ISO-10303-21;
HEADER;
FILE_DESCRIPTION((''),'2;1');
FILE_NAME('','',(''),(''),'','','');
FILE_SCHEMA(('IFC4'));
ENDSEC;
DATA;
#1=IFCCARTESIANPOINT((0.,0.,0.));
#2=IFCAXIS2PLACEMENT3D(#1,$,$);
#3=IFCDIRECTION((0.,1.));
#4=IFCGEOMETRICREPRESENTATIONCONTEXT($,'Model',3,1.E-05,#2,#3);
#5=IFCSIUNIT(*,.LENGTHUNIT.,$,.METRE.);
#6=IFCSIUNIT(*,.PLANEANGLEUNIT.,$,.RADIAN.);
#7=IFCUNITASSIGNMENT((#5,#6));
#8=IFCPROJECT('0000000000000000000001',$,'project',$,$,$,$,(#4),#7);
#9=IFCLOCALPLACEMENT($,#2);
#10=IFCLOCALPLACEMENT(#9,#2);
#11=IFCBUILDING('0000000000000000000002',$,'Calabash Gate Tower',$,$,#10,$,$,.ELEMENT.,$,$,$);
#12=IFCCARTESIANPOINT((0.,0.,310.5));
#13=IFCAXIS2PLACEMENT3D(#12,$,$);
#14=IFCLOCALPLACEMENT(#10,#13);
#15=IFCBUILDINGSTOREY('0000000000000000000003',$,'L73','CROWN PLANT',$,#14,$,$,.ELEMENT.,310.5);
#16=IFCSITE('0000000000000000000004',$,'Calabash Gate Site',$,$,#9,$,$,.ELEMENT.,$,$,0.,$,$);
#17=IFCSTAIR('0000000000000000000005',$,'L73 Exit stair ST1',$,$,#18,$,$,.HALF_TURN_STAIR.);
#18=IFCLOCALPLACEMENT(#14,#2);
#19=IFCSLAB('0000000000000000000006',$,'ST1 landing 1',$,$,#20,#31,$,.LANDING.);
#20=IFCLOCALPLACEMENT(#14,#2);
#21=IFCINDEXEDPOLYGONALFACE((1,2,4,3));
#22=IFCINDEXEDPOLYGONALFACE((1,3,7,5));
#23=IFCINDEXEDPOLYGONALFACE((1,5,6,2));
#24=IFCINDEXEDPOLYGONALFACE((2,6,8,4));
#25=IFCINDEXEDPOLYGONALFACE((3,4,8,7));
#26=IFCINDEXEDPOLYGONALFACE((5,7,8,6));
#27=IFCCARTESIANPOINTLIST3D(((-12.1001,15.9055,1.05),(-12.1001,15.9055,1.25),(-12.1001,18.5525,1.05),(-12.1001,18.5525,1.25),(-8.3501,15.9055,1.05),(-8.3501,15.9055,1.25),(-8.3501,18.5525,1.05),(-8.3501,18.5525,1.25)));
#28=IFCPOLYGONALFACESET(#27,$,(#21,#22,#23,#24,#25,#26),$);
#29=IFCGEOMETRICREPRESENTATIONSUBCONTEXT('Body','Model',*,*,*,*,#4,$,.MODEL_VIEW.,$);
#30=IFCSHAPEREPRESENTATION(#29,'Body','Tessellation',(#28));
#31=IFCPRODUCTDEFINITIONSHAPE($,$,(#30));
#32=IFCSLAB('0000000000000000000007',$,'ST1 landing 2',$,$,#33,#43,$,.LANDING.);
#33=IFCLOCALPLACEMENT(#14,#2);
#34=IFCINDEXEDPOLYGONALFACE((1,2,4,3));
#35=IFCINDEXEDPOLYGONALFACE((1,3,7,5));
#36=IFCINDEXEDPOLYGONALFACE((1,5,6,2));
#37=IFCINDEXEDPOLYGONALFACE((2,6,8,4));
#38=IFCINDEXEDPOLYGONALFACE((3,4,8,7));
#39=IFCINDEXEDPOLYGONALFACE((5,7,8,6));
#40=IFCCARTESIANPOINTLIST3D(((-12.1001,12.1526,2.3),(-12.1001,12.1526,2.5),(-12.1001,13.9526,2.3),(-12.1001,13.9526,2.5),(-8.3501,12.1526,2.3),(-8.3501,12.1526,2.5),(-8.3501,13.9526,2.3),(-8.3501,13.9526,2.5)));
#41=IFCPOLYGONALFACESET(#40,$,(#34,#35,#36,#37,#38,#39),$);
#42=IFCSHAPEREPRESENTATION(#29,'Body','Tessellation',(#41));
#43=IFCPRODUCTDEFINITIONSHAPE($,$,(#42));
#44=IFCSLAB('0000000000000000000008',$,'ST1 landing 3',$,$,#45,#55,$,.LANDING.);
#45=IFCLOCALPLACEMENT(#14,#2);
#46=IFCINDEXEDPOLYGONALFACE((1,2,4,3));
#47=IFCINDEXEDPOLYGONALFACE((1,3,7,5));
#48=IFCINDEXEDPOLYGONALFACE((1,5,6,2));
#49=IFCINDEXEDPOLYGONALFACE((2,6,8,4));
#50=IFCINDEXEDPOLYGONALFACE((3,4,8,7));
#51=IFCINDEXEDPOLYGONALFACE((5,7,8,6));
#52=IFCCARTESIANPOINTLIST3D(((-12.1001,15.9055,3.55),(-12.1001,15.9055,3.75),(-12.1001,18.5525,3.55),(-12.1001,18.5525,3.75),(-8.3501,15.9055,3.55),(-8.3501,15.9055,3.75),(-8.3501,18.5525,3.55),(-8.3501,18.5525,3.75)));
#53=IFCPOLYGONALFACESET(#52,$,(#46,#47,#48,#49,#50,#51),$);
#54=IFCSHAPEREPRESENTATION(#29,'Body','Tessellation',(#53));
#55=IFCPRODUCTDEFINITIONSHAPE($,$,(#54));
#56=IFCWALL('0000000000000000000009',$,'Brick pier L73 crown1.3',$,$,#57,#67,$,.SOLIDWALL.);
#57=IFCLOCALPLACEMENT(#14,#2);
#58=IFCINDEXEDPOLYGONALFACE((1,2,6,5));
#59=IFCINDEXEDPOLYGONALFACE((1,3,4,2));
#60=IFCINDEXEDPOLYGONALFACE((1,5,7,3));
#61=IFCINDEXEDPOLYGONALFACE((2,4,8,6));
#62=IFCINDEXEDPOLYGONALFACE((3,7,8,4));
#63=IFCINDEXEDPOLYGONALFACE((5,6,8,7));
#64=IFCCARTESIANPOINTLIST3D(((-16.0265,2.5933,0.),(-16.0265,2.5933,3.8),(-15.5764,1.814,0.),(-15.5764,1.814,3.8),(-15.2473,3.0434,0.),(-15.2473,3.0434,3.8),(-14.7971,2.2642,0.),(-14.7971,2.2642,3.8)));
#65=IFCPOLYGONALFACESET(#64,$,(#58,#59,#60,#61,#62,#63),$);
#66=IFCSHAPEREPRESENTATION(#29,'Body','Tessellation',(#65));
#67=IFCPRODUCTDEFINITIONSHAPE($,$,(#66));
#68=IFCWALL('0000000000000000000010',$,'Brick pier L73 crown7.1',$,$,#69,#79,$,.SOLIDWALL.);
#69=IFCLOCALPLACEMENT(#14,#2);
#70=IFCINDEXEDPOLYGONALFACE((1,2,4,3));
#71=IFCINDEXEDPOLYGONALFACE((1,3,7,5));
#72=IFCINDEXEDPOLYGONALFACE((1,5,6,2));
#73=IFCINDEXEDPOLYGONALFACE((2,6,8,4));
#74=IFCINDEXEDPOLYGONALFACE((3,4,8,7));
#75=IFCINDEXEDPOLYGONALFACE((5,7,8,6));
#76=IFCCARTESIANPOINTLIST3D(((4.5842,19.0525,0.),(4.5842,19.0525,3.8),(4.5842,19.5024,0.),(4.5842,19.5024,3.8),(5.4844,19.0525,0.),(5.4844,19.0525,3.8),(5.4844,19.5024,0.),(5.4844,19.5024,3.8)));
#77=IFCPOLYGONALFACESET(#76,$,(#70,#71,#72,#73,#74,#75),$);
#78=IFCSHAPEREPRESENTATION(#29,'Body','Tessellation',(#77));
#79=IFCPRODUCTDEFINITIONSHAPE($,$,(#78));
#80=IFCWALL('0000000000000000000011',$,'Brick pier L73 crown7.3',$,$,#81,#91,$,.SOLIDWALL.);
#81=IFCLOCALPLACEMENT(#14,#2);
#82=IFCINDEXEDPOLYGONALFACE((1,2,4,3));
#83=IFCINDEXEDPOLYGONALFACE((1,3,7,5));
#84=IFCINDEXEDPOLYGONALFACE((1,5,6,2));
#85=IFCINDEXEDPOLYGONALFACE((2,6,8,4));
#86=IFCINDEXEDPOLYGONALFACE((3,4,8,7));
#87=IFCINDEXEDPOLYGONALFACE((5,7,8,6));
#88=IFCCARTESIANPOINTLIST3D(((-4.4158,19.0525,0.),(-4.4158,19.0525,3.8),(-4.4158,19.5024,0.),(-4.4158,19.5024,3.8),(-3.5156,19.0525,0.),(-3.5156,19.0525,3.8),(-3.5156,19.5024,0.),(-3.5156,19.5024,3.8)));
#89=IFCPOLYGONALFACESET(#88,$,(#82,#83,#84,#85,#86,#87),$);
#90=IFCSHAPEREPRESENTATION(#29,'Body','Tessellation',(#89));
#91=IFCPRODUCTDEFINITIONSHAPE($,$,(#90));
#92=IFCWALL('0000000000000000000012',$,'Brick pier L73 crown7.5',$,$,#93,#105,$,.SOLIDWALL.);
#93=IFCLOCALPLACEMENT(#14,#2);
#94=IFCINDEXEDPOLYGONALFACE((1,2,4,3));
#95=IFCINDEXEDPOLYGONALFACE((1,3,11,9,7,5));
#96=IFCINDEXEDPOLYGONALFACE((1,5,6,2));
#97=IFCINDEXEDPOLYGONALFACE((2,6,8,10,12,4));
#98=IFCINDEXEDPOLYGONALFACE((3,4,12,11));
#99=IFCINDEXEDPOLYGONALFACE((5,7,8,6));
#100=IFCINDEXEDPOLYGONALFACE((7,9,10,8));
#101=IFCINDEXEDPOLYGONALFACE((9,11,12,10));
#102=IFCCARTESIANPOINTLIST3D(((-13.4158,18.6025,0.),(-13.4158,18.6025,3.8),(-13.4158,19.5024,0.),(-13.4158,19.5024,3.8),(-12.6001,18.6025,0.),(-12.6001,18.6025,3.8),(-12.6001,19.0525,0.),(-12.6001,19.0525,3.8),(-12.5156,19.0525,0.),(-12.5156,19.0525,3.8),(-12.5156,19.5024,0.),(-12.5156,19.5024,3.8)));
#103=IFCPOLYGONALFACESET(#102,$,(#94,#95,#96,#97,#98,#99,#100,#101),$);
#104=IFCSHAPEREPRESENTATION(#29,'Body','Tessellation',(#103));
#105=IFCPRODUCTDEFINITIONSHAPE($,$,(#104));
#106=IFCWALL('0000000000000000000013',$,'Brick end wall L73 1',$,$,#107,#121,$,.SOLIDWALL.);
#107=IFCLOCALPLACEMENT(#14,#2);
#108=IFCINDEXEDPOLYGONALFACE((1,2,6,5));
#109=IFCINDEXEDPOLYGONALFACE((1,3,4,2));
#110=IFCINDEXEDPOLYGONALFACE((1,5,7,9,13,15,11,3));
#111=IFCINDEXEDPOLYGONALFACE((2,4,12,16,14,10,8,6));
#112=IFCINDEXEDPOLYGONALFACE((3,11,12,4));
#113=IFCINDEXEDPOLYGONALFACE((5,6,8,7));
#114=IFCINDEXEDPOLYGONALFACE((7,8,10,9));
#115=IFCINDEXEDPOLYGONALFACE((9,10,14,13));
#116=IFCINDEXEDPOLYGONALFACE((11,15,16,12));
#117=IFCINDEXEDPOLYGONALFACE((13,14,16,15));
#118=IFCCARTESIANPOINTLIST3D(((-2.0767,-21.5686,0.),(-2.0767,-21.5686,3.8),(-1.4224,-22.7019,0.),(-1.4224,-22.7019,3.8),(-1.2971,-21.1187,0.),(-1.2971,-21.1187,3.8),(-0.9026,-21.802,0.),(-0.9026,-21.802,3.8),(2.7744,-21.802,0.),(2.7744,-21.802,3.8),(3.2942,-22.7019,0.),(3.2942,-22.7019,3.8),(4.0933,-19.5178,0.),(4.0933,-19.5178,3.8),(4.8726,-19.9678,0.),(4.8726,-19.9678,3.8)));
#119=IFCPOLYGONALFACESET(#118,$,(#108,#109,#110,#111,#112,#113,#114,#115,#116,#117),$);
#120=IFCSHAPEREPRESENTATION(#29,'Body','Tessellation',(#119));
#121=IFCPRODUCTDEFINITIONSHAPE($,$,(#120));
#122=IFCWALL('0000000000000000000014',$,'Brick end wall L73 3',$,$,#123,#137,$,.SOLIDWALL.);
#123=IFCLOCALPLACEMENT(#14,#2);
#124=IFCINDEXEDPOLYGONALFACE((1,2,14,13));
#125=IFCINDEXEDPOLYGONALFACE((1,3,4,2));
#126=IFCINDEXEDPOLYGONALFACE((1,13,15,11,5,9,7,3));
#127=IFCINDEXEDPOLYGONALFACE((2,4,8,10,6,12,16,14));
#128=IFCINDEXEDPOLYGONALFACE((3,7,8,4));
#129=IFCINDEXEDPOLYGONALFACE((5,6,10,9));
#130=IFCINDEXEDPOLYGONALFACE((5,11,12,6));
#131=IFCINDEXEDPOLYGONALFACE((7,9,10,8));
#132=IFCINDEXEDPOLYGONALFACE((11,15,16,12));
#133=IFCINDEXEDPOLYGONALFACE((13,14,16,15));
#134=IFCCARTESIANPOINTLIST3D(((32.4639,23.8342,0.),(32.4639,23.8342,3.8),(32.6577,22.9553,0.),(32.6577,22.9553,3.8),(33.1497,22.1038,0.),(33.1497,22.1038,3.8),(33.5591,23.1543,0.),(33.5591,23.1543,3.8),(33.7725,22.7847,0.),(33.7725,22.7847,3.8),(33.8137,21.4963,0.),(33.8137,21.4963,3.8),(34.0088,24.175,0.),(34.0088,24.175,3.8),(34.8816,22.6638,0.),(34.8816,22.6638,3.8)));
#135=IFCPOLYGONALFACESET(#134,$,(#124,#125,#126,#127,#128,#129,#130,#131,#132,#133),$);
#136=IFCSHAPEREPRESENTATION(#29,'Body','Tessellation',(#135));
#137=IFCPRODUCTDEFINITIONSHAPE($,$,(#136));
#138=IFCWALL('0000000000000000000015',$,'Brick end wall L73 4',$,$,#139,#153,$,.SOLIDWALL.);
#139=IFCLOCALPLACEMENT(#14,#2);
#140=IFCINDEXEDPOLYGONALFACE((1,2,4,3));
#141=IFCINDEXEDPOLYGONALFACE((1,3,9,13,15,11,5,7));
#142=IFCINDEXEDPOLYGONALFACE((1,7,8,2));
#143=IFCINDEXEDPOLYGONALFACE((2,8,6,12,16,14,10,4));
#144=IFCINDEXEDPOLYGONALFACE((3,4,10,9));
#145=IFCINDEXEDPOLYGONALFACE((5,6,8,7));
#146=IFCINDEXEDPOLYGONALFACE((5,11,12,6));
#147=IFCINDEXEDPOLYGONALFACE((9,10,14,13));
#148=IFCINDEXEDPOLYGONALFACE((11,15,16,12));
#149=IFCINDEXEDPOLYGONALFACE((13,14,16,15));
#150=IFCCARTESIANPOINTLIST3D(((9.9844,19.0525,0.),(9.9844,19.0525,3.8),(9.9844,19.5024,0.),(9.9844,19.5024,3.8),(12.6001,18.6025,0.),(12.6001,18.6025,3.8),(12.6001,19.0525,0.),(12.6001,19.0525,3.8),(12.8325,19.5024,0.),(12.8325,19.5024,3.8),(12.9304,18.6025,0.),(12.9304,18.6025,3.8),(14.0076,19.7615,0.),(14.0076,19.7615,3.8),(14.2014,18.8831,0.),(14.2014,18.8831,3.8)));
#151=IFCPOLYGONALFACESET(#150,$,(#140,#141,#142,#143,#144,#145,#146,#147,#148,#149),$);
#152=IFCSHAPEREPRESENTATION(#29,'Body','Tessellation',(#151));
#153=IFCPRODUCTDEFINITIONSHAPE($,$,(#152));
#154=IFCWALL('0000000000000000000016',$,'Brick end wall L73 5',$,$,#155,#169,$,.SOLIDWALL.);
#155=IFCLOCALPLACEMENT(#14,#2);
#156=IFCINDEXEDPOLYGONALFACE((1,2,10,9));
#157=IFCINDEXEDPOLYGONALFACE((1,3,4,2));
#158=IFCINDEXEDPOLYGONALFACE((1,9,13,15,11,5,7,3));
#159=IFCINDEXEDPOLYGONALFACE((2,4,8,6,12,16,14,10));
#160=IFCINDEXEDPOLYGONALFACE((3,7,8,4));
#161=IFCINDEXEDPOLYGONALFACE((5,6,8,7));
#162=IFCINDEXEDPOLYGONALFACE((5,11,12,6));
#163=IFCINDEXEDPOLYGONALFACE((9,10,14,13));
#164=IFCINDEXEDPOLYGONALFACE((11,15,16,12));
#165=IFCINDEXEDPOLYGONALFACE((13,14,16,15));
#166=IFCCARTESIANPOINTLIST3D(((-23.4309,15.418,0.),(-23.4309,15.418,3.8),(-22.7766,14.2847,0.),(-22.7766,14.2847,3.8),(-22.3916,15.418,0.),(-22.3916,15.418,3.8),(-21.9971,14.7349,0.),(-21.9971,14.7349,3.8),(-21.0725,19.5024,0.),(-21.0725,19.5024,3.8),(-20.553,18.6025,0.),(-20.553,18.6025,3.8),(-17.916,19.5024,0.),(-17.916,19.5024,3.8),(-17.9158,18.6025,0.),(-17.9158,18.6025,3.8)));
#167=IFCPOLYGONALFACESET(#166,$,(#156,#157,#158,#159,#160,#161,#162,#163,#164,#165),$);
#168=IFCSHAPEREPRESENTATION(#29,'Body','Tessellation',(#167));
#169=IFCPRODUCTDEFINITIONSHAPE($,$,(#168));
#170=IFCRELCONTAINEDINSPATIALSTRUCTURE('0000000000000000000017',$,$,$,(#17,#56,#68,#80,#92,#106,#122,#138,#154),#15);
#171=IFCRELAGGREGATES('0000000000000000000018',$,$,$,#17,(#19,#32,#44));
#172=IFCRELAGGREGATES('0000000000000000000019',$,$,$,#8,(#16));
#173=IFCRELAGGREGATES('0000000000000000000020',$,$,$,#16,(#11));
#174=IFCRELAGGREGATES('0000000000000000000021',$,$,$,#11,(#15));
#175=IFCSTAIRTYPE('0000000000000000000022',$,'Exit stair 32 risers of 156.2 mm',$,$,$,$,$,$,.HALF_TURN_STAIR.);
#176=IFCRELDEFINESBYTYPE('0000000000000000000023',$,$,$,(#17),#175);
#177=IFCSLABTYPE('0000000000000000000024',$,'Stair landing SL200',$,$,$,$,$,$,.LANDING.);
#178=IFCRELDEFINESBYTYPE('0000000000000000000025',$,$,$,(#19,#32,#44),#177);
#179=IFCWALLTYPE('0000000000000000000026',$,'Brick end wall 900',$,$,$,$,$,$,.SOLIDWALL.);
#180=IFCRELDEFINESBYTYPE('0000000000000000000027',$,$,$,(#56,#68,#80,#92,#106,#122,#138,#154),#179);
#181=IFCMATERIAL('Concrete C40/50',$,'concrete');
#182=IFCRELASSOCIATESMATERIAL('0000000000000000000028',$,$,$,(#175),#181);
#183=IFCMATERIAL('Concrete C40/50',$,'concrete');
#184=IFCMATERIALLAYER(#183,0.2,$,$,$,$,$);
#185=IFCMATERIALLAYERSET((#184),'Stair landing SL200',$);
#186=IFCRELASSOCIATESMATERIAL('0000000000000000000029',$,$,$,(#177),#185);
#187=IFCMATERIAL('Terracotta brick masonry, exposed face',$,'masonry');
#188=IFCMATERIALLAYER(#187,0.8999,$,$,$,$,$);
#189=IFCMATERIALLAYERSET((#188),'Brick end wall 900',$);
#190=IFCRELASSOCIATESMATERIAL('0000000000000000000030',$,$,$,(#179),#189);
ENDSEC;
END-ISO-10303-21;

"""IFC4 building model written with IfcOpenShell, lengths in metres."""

from ifc_helpers import new_model, si_unit, direction, frame, frame_2d, origin, place, context, subcontext, project, spatial, polyline, rectangle, outline, extrude, material, layer, layer_set, type_object, element, aggregate, save


model = new_model("IFC4")

# Units and contexts
model_context = context("Model", 3, precision=1e-05, world=origin(), true_north=direction((0.0, 1.0)))
body_context = subcontext(model_context, "Body", "Model", "MODEL_VIEW")
ifc_project = project(units=[si_unit("LENGTHUNIT", "METRE"), si_unit("PLANEANGLEUNIT", "RADIAN")], contexts=[model_context])

# Site, building, storey
site_placement = place(None, origin())
site = spatial("IfcSite", under=ifc_project, at=site_placement, Name="Calabash Gate Site", CompositionType="ELEMENT", RefElevation=0.0)
building_placement = place(site_placement, origin())
building = spatial("IfcBuilding", under=site, at=building_placement, Name="Calabash Gate Tower", CompositionType="ELEMENT")
storey_placement = place(building_placement, frame((0.0, 0.0, 310.5)))
storey = spatial("IfcBuildingStorey", under=building, at=storey_placement, Name="L73", Description="CROWN PLANT", CompositionType="ELEMENT", Elevation=310.5)

# Stair, slabs
ifc_material_1 = material(Name="Concrete C40/50", Category="concrete")
stair_type = type_object("IfcStairType", Name="Exit stair 32 risers of 156.2 mm", PredefinedType="HALF_TURN_STAIR", material=ifc_material_1)
stair_placement = place(storey_placement, origin())
stair = element("IfcStair", 1, at=stair_placement, inside=storey, type_object=stair_type, Name="L73 Exit stair ST1", PredefinedType="HALF_TURN_STAIR")
ifc_material_2 = material(Name="Concrete C40/50", Category="concrete")
ifc_layer_1 = layer(ifc_material_2, 0.2)
ifc_layer_set_1 = layer_set([ifc_layer_1], Name="Stair landing SL200")
slab_type_1 = type_object("IfcSlabType", Name="Stair landing SL200", PredefinedType="LANDING", material=ifc_layer_set_1)
slab_1_placement = place(storey_placement, frame((0.0, 0.0, 1.05)))
slab_1 = element("IfcSlab", 2, at=slab_1_placement, type_object=slab_type_1, Name="ST1 landing 1", PredefinedType="LANDING", context=body_context, shape_type="SweptSolid", body=[
    extrude(outline(polyline([(-8.3501, 15.9055), (-8.3501, 18.5525), (-12.1001, 18.5525), (-12.1001, 15.9055), (-8.3501, 15.9055)])), origin(), (0.0, 0.0, 1.0), 0.2),
])
slab_2_placement = place(storey_placement, frame((0.0, 0.0, 2.3)))
slab_2 = element("IfcSlab", 3, at=slab_2_placement, type_object=slab_type_1, Name="ST1 landing 2", PredefinedType="LANDING", context=body_context, shape_type="SweptSolid", body=[
    extrude(outline(polyline([(-8.3501, 12.1526), (-8.3501, 13.9526), (-12.1001, 13.9526), (-12.1001, 12.1526), (-8.3501, 12.1526)])), origin(), (0.0, 0.0, 1.0), 0.2),
])
slab_3_placement = place(storey_placement, frame((0.0, 0.0, 3.55)))
slab_3 = element("IfcSlab", 4, at=slab_3_placement, type_object=slab_type_1, Name="ST1 landing 3", PredefinedType="LANDING", context=body_context, shape_type="SweptSolid", body=[
    extrude(outline(polyline([(-8.3501, 15.9055), (-8.3501, 18.5525), (-12.1001, 18.5525), (-12.1001, 15.9055), (-8.3501, 15.9055)])), origin(), (0.0, 0.0, 1.0), 0.2),
])
aggregate(stair, [slab_1, slab_2, slab_3])

# Walls
ifc_material_3 = material(Name="Terracotta brick masonry, exposed face", Category="masonry")
ifc_layer_2 = layer(ifc_material_3, 0.8999)
ifc_layer_set_2 = layer_set([ifc_layer_2], Name="Brick end wall 900")
wall_type_1 = type_object("IfcWallType", Name="Brick end wall 900", PredefinedType="SOLIDWALL", material=ifc_layer_set_2)
wall_1_placement = place(storey_placement, frame((-15.0222, 2.6538, 0.0), z_axis=(0.0, 0.0, 1.0), x_axis=(-0.865896, -0.500223, 0.0)))
element("IfcWall", 5, at=wall_1_placement, inside=storey, type_object=wall_type_1, Name="Brick pier L73 crown1.3", PredefinedType="SOLIDWALL", context=body_context, shape_type="SweptSolid", body=[
    extrude(rectangle(XDim=0.8999, YDim=0.8999, at=frame_2d((0.45, 0.0))), origin(), (0.0, 0.0, 1.0), 3.8),
])
wall_2_placement = place(storey_placement, origin())
element("IfcWall", 6, at=wall_2_placement, inside=storey, type_object=wall_type_1, Name="Brick pier L73 crown7.1", PredefinedType="SOLIDWALL", context=body_context, shape_type="SweptSolid", body=[
    extrude(outline(polyline([(4.5842, 19.5024), (4.5842, 19.0525), (5.4844, 19.0525), (5.4844, 19.5024), (4.5842, 19.5024)])), origin(), (0.0, 0.0, 1.0), 3.8),
])
wall_3_placement = place(storey_placement, origin())
element("IfcWall", 7, at=wall_3_placement, inside=storey, type_object=wall_type_1, Name="Brick pier L73 crown7.3", PredefinedType="SOLIDWALL", context=body_context, shape_type="SweptSolid", body=[
    extrude(outline(polyline([(-4.4158, 19.5024), (-4.4158, 19.0525), (-3.5156, 19.0525), (-3.5156, 19.5024), (-4.4158, 19.5024)])), origin(), (0.0, 0.0, 1.0), 3.8),
])
wall_4_placement = place(storey_placement, origin())
element("IfcWall", 8, at=wall_4_placement, inside=storey, type_object=wall_type_1, Name="Brick pier L73 crown7.5", PredefinedType="SOLIDWALL", context=body_context, shape_type="SweptSolid", body=[
    extrude(outline(polyline([(-13.4158, 19.5024), (-13.4158, 18.6025), (-12.6001, 18.6025), (-12.6001, 19.0525), (-12.5156, 19.0525), (-12.5156, 19.5024), (-13.4158, 19.5024)])), origin(), (0.0, 0.0, 1.0), 3.8),
])
wall_5_placement = place(storey_placement, origin())
element("IfcWall", 9, at=wall_5_placement, inside=storey, type_object=wall_type_1, Name="Brick end wall L73 1", PredefinedType="SOLIDWALL", context=body_context, shape_type="SweptSolid", body=[
    extrude(outline(polyline([(-1.2971, -21.1187), (-2.0767, -21.5686), (-1.4224, -22.7019), (3.2942, -22.7019), (4.8726, -19.9678), (4.0933, -19.5178), (2.7744, -21.802), (-0.9026, -21.802), (-1.2971, -21.1187)])), origin(), (0.0, 0.0, 1.0), 3.8),
])
wall_6_placement = place(storey_placement, origin())
element("IfcWall", 10, at=wall_6_placement, inside=storey, type_object=wall_type_1, Name="Brick end wall L73 3", PredefinedType="SOLIDWALL", context=body_context, shape_type="SweptSolid", body=[
    extrude(outline(polyline([(33.8137, 21.4963), (34.8816, 22.6638), (34.0088, 24.175), (32.4639, 23.8342), (32.6577, 22.9553), (33.5591, 23.1543), (33.7725, 22.7847), (33.1497, 22.1038), (33.8137, 21.4963)])), origin(), (0.0, 0.0, 1.0), 3.8),
])
wall_7_placement = place(storey_placement, origin())
element("IfcWall", 11, at=wall_7_placement, inside=storey, type_object=wall_type_1, Name="Brick end wall L73 4", PredefinedType="SOLIDWALL", context=body_context, shape_type="SweptSolid", body=[
    extrude(outline(polyline([(14.0076, 19.7615), (12.8325, 19.5024), (9.9844, 19.5024), (9.9844, 19.0525), (12.6001, 19.0525), (12.6001, 18.6025), (12.9304, 18.6025), (14.2014, 18.8831), (14.0076, 19.7615)])), origin(), (0.0, 0.0, 1.0), 3.8),
])
wall_8_placement = place(storey_placement, origin())
element("IfcWall", 12, at=wall_8_placement, inside=storey, type_object=wall_type_1, Name="Brick end wall L73 5", PredefinedType="SOLIDWALL", context=body_context, shape_type="SweptSolid", body=[
    extrude(outline(polyline([(-17.9158, 18.6025), (-17.916, 19.5024), (-21.0725, 19.5024), (-23.4309, 15.418), (-22.7766, 14.2847), (-21.9971, 14.7349), (-22.3916, 15.418), (-20.553, 18.6025), (-17.9158, 18.6025)])), origin(), (0.0, 0.0, 1.0), 3.8),
])

save(model, "model.ifc")
